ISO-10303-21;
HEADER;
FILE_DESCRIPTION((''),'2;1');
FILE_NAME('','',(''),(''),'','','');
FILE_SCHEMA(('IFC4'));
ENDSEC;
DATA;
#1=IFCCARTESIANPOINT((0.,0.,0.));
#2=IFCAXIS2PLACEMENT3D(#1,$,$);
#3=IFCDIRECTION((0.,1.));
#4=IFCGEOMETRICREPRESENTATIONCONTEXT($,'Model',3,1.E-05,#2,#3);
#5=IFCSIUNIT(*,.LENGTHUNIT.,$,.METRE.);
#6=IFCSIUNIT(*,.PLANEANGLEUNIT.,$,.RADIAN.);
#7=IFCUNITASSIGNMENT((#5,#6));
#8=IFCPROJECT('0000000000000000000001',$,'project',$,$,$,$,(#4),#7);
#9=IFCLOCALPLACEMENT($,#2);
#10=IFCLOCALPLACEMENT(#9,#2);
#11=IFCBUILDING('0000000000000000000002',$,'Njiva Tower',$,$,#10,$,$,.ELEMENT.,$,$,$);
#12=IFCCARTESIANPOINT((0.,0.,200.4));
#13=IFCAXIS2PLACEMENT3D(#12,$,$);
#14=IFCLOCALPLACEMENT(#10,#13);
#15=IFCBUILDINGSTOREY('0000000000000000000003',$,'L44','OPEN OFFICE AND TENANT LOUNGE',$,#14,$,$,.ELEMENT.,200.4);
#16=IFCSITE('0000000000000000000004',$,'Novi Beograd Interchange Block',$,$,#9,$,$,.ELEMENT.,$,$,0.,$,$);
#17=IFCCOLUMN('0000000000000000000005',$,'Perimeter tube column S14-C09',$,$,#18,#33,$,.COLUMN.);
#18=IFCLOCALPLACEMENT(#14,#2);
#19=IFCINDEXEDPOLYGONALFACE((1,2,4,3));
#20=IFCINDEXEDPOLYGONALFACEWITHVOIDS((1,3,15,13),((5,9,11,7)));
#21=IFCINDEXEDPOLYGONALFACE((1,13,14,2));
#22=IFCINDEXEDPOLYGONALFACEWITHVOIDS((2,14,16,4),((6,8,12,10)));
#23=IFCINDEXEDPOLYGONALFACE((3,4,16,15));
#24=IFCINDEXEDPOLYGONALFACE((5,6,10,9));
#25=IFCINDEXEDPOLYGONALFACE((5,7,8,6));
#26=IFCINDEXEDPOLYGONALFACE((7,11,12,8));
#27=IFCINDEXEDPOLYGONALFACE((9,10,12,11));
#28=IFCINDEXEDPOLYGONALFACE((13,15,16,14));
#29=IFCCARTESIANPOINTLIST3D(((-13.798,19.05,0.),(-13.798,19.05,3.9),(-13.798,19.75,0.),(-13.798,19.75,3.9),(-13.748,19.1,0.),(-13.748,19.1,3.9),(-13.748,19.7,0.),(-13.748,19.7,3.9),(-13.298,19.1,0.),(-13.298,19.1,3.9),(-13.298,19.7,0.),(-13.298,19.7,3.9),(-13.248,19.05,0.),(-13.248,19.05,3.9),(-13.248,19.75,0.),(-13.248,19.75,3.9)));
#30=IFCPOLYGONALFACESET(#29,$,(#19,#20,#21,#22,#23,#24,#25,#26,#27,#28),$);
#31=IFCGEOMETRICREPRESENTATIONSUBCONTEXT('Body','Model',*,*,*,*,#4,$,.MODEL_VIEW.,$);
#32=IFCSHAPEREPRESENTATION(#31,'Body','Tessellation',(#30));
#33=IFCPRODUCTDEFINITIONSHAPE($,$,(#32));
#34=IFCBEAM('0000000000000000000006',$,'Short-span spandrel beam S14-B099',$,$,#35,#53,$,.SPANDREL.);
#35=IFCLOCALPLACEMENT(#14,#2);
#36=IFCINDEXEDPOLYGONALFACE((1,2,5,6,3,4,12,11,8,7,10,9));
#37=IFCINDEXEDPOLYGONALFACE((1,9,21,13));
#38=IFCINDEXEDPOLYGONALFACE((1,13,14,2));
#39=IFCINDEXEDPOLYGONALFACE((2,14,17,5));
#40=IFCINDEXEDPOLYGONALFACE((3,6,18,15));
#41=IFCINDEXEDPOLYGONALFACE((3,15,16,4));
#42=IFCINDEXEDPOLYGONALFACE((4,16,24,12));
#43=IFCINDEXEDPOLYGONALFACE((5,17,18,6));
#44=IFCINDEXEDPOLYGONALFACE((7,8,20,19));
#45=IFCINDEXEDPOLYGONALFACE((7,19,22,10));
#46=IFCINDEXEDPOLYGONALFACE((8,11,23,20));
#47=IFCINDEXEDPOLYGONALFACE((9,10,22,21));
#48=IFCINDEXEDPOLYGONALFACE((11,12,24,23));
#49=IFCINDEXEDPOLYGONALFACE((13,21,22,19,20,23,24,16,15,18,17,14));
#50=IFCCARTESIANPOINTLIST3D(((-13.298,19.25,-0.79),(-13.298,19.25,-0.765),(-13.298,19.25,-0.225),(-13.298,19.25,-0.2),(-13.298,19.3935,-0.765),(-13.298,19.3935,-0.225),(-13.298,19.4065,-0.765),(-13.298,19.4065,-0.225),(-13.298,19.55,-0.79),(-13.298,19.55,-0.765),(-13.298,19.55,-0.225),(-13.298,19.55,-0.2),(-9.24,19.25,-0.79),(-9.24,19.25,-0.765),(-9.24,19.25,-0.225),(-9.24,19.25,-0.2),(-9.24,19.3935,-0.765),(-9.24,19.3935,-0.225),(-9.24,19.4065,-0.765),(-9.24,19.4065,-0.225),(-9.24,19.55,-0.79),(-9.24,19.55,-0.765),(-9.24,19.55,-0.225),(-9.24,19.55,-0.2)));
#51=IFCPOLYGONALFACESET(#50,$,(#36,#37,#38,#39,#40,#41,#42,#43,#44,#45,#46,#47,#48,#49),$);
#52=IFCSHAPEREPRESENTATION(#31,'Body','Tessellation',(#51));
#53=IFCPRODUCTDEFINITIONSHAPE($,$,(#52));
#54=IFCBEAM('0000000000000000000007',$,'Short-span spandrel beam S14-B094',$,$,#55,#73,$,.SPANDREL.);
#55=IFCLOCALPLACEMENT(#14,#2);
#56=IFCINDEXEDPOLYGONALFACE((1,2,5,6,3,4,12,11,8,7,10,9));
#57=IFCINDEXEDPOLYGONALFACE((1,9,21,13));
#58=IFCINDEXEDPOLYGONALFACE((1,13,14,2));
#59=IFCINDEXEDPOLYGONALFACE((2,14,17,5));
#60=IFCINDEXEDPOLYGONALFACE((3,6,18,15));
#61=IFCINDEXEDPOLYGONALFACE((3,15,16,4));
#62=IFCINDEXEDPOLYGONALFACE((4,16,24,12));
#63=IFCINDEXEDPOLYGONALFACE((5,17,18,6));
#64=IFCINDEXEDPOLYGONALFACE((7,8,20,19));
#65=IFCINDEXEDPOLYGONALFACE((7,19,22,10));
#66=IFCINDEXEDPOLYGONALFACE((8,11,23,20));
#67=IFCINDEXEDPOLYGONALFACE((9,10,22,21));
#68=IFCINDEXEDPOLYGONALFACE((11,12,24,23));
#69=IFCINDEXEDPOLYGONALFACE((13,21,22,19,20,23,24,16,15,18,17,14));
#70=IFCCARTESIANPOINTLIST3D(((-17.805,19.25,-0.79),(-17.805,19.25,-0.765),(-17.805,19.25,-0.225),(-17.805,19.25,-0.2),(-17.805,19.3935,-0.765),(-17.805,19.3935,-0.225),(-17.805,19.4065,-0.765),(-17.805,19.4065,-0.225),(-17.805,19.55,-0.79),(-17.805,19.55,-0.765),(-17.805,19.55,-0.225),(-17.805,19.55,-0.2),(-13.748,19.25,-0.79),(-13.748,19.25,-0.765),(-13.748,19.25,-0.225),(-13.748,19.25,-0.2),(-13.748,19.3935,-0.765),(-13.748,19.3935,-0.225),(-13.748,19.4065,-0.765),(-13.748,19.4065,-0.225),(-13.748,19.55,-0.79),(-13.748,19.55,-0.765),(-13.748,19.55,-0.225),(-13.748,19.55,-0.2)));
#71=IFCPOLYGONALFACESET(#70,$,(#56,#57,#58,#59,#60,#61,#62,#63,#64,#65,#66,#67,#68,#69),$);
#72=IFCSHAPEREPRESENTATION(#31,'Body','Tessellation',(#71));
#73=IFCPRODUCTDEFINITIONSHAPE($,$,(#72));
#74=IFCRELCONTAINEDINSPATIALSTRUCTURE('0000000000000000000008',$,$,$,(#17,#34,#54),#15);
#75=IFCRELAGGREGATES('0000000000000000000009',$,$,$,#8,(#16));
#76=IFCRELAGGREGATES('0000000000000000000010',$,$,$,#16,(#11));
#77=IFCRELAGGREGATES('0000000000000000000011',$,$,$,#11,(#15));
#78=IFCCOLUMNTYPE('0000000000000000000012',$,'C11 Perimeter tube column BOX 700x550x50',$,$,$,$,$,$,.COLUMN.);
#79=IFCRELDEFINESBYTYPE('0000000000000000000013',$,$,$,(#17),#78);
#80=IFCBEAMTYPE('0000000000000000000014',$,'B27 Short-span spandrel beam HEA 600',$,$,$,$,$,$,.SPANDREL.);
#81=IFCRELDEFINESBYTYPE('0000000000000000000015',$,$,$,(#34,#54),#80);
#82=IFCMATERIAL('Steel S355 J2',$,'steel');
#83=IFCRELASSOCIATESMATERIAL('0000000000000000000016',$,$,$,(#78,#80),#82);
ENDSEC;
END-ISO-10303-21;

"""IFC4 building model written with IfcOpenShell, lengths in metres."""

from ifc_helpers import new_model, si_unit, direction, frame, origin, origin_2d, place, context, subcontext, project, spatial, hollow_rectangle, i_section, extrude, material, material_profile, profile_set, type_object, element, save


model = new_model("IFC4")

# Units and contexts
model_context = context("Model", 3, precision=1e-05, world=origin(), true_north=direction((0.0, 1.0)))
body_context = subcontext(model_context, "Body", "Model", "MODEL_VIEW")
ifc_project = project(units=[si_unit("LENGTHUNIT", "METRE"), si_unit("PLANEANGLEUNIT", "RADIAN")], contexts=[model_context])

# Site, building, storey
site_placement = place(None, origin())
site = spatial("IfcSite", under=ifc_project, at=site_placement, Name="Novi Beograd Interchange Block", CompositionType="ELEMENT", RefElevation=0.0)
building_placement = place(site_placement, origin())
building = spatial("IfcBuilding", under=site, at=building_placement, Name="Njiva Tower", CompositionType="ELEMENT")
storey_placement = place(building_placement, frame((0.0, 0.0, 200.4)))
storey = spatial("IfcBuildingStorey", under=building, at=storey_placement, Name="L44", Description="OPEN OFFICE AND TENANT LOUNGE", CompositionType="ELEMENT", Elevation=200.4)

# Column
ifc_material_1 = material(Name="Steel S355 J2", Category="steel")
ifc_material_profile_1 = material_profile(ifc_material_1, hollow_rectangle(XDim=0.55, YDim=0.7, WallThickness=0.05, at=origin_2d()), Name="BOX 700x550x50")
ifc_profile_set_1 = profile_set([ifc_material_profile_1], Name="Steel S355 J2")
column_type = type_object("IfcColumnType", Name="C11 Perimeter tube column BOX 700x550x50", PredefinedType="COLUMN", material=ifc_profile_set_1)
column_placement = place(storey_placement, frame((-13.523, 19.4, 0.0), z_axis=(0.0, 0.0, 1.0), x_axis=(-1.0, 0.0, 0.0)))
element("IfcColumn", 1, at=column_placement, inside=storey, type_object=column_type, Name="Perimeter tube column S14-C09", PredefinedType="COLUMN", context=body_context, shape_type="SweptSolid", body=[
    extrude(hollow_rectangle(XDim=0.55, YDim=0.7, WallThickness=0.05, at=origin_2d()), origin(), (0.0, 0.0, 1.0), 3.9),
])

# Beams
ifc_material_profile_2 = material_profile(ifc_material_1, i_section(OverallWidth=0.3, OverallDepth=0.59, WebThickness=0.013, FlangeThickness=0.025, at=origin_2d()), Name="HEA 600")
ifc_profile_set_2 = profile_set([ifc_material_profile_2], Name="Steel S355 J2")
beam_type = type_object("IfcBeamType", Name="B27 Short-span spandrel beam HEA 600", PredefinedType="SPANDREL", material=ifc_profile_set_2)
beam_1_placement = place(storey_placement, frame((-9.24, 19.4, -0.495), z_axis=(-1.0, 0.0, 0.0), x_axis=(0.0, -1.0, 0.0)))
element("IfcBeam", 2, at=beam_1_placement, inside=storey, type_object=beam_type, Name="Short-span spandrel beam S14-B099", PredefinedType="SPANDREL", context=body_context, shape_type="SweptSolid", body=[
    extrude(i_section(OverallWidth=0.3, OverallDepth=0.59, WebThickness=0.013, FlangeThickness=0.025, at=origin_2d()), origin(), (0.0, 0.0, 1.0), 4.058),
])
beam_2_placement = place(storey_placement, frame((-13.748, 19.4, -0.495), z_axis=(-1.0, 0.0, 0.0), x_axis=(0.0, -1.0, 0.0)))
element("IfcBeam", 3, at=beam_2_placement, inside=storey, type_object=beam_type, Name="Short-span spandrel beam S14-B094", PredefinedType="SPANDREL", context=body_context, shape_type="SweptSolid", body=[
    extrude(i_section(OverallWidth=0.3, OverallDepth=0.59, WebThickness=0.013, FlangeThickness=0.025, at=origin_2d()), origin(), (0.0, 0.0, 1.0), 4.057),
])

save(model, "model.ifc")
